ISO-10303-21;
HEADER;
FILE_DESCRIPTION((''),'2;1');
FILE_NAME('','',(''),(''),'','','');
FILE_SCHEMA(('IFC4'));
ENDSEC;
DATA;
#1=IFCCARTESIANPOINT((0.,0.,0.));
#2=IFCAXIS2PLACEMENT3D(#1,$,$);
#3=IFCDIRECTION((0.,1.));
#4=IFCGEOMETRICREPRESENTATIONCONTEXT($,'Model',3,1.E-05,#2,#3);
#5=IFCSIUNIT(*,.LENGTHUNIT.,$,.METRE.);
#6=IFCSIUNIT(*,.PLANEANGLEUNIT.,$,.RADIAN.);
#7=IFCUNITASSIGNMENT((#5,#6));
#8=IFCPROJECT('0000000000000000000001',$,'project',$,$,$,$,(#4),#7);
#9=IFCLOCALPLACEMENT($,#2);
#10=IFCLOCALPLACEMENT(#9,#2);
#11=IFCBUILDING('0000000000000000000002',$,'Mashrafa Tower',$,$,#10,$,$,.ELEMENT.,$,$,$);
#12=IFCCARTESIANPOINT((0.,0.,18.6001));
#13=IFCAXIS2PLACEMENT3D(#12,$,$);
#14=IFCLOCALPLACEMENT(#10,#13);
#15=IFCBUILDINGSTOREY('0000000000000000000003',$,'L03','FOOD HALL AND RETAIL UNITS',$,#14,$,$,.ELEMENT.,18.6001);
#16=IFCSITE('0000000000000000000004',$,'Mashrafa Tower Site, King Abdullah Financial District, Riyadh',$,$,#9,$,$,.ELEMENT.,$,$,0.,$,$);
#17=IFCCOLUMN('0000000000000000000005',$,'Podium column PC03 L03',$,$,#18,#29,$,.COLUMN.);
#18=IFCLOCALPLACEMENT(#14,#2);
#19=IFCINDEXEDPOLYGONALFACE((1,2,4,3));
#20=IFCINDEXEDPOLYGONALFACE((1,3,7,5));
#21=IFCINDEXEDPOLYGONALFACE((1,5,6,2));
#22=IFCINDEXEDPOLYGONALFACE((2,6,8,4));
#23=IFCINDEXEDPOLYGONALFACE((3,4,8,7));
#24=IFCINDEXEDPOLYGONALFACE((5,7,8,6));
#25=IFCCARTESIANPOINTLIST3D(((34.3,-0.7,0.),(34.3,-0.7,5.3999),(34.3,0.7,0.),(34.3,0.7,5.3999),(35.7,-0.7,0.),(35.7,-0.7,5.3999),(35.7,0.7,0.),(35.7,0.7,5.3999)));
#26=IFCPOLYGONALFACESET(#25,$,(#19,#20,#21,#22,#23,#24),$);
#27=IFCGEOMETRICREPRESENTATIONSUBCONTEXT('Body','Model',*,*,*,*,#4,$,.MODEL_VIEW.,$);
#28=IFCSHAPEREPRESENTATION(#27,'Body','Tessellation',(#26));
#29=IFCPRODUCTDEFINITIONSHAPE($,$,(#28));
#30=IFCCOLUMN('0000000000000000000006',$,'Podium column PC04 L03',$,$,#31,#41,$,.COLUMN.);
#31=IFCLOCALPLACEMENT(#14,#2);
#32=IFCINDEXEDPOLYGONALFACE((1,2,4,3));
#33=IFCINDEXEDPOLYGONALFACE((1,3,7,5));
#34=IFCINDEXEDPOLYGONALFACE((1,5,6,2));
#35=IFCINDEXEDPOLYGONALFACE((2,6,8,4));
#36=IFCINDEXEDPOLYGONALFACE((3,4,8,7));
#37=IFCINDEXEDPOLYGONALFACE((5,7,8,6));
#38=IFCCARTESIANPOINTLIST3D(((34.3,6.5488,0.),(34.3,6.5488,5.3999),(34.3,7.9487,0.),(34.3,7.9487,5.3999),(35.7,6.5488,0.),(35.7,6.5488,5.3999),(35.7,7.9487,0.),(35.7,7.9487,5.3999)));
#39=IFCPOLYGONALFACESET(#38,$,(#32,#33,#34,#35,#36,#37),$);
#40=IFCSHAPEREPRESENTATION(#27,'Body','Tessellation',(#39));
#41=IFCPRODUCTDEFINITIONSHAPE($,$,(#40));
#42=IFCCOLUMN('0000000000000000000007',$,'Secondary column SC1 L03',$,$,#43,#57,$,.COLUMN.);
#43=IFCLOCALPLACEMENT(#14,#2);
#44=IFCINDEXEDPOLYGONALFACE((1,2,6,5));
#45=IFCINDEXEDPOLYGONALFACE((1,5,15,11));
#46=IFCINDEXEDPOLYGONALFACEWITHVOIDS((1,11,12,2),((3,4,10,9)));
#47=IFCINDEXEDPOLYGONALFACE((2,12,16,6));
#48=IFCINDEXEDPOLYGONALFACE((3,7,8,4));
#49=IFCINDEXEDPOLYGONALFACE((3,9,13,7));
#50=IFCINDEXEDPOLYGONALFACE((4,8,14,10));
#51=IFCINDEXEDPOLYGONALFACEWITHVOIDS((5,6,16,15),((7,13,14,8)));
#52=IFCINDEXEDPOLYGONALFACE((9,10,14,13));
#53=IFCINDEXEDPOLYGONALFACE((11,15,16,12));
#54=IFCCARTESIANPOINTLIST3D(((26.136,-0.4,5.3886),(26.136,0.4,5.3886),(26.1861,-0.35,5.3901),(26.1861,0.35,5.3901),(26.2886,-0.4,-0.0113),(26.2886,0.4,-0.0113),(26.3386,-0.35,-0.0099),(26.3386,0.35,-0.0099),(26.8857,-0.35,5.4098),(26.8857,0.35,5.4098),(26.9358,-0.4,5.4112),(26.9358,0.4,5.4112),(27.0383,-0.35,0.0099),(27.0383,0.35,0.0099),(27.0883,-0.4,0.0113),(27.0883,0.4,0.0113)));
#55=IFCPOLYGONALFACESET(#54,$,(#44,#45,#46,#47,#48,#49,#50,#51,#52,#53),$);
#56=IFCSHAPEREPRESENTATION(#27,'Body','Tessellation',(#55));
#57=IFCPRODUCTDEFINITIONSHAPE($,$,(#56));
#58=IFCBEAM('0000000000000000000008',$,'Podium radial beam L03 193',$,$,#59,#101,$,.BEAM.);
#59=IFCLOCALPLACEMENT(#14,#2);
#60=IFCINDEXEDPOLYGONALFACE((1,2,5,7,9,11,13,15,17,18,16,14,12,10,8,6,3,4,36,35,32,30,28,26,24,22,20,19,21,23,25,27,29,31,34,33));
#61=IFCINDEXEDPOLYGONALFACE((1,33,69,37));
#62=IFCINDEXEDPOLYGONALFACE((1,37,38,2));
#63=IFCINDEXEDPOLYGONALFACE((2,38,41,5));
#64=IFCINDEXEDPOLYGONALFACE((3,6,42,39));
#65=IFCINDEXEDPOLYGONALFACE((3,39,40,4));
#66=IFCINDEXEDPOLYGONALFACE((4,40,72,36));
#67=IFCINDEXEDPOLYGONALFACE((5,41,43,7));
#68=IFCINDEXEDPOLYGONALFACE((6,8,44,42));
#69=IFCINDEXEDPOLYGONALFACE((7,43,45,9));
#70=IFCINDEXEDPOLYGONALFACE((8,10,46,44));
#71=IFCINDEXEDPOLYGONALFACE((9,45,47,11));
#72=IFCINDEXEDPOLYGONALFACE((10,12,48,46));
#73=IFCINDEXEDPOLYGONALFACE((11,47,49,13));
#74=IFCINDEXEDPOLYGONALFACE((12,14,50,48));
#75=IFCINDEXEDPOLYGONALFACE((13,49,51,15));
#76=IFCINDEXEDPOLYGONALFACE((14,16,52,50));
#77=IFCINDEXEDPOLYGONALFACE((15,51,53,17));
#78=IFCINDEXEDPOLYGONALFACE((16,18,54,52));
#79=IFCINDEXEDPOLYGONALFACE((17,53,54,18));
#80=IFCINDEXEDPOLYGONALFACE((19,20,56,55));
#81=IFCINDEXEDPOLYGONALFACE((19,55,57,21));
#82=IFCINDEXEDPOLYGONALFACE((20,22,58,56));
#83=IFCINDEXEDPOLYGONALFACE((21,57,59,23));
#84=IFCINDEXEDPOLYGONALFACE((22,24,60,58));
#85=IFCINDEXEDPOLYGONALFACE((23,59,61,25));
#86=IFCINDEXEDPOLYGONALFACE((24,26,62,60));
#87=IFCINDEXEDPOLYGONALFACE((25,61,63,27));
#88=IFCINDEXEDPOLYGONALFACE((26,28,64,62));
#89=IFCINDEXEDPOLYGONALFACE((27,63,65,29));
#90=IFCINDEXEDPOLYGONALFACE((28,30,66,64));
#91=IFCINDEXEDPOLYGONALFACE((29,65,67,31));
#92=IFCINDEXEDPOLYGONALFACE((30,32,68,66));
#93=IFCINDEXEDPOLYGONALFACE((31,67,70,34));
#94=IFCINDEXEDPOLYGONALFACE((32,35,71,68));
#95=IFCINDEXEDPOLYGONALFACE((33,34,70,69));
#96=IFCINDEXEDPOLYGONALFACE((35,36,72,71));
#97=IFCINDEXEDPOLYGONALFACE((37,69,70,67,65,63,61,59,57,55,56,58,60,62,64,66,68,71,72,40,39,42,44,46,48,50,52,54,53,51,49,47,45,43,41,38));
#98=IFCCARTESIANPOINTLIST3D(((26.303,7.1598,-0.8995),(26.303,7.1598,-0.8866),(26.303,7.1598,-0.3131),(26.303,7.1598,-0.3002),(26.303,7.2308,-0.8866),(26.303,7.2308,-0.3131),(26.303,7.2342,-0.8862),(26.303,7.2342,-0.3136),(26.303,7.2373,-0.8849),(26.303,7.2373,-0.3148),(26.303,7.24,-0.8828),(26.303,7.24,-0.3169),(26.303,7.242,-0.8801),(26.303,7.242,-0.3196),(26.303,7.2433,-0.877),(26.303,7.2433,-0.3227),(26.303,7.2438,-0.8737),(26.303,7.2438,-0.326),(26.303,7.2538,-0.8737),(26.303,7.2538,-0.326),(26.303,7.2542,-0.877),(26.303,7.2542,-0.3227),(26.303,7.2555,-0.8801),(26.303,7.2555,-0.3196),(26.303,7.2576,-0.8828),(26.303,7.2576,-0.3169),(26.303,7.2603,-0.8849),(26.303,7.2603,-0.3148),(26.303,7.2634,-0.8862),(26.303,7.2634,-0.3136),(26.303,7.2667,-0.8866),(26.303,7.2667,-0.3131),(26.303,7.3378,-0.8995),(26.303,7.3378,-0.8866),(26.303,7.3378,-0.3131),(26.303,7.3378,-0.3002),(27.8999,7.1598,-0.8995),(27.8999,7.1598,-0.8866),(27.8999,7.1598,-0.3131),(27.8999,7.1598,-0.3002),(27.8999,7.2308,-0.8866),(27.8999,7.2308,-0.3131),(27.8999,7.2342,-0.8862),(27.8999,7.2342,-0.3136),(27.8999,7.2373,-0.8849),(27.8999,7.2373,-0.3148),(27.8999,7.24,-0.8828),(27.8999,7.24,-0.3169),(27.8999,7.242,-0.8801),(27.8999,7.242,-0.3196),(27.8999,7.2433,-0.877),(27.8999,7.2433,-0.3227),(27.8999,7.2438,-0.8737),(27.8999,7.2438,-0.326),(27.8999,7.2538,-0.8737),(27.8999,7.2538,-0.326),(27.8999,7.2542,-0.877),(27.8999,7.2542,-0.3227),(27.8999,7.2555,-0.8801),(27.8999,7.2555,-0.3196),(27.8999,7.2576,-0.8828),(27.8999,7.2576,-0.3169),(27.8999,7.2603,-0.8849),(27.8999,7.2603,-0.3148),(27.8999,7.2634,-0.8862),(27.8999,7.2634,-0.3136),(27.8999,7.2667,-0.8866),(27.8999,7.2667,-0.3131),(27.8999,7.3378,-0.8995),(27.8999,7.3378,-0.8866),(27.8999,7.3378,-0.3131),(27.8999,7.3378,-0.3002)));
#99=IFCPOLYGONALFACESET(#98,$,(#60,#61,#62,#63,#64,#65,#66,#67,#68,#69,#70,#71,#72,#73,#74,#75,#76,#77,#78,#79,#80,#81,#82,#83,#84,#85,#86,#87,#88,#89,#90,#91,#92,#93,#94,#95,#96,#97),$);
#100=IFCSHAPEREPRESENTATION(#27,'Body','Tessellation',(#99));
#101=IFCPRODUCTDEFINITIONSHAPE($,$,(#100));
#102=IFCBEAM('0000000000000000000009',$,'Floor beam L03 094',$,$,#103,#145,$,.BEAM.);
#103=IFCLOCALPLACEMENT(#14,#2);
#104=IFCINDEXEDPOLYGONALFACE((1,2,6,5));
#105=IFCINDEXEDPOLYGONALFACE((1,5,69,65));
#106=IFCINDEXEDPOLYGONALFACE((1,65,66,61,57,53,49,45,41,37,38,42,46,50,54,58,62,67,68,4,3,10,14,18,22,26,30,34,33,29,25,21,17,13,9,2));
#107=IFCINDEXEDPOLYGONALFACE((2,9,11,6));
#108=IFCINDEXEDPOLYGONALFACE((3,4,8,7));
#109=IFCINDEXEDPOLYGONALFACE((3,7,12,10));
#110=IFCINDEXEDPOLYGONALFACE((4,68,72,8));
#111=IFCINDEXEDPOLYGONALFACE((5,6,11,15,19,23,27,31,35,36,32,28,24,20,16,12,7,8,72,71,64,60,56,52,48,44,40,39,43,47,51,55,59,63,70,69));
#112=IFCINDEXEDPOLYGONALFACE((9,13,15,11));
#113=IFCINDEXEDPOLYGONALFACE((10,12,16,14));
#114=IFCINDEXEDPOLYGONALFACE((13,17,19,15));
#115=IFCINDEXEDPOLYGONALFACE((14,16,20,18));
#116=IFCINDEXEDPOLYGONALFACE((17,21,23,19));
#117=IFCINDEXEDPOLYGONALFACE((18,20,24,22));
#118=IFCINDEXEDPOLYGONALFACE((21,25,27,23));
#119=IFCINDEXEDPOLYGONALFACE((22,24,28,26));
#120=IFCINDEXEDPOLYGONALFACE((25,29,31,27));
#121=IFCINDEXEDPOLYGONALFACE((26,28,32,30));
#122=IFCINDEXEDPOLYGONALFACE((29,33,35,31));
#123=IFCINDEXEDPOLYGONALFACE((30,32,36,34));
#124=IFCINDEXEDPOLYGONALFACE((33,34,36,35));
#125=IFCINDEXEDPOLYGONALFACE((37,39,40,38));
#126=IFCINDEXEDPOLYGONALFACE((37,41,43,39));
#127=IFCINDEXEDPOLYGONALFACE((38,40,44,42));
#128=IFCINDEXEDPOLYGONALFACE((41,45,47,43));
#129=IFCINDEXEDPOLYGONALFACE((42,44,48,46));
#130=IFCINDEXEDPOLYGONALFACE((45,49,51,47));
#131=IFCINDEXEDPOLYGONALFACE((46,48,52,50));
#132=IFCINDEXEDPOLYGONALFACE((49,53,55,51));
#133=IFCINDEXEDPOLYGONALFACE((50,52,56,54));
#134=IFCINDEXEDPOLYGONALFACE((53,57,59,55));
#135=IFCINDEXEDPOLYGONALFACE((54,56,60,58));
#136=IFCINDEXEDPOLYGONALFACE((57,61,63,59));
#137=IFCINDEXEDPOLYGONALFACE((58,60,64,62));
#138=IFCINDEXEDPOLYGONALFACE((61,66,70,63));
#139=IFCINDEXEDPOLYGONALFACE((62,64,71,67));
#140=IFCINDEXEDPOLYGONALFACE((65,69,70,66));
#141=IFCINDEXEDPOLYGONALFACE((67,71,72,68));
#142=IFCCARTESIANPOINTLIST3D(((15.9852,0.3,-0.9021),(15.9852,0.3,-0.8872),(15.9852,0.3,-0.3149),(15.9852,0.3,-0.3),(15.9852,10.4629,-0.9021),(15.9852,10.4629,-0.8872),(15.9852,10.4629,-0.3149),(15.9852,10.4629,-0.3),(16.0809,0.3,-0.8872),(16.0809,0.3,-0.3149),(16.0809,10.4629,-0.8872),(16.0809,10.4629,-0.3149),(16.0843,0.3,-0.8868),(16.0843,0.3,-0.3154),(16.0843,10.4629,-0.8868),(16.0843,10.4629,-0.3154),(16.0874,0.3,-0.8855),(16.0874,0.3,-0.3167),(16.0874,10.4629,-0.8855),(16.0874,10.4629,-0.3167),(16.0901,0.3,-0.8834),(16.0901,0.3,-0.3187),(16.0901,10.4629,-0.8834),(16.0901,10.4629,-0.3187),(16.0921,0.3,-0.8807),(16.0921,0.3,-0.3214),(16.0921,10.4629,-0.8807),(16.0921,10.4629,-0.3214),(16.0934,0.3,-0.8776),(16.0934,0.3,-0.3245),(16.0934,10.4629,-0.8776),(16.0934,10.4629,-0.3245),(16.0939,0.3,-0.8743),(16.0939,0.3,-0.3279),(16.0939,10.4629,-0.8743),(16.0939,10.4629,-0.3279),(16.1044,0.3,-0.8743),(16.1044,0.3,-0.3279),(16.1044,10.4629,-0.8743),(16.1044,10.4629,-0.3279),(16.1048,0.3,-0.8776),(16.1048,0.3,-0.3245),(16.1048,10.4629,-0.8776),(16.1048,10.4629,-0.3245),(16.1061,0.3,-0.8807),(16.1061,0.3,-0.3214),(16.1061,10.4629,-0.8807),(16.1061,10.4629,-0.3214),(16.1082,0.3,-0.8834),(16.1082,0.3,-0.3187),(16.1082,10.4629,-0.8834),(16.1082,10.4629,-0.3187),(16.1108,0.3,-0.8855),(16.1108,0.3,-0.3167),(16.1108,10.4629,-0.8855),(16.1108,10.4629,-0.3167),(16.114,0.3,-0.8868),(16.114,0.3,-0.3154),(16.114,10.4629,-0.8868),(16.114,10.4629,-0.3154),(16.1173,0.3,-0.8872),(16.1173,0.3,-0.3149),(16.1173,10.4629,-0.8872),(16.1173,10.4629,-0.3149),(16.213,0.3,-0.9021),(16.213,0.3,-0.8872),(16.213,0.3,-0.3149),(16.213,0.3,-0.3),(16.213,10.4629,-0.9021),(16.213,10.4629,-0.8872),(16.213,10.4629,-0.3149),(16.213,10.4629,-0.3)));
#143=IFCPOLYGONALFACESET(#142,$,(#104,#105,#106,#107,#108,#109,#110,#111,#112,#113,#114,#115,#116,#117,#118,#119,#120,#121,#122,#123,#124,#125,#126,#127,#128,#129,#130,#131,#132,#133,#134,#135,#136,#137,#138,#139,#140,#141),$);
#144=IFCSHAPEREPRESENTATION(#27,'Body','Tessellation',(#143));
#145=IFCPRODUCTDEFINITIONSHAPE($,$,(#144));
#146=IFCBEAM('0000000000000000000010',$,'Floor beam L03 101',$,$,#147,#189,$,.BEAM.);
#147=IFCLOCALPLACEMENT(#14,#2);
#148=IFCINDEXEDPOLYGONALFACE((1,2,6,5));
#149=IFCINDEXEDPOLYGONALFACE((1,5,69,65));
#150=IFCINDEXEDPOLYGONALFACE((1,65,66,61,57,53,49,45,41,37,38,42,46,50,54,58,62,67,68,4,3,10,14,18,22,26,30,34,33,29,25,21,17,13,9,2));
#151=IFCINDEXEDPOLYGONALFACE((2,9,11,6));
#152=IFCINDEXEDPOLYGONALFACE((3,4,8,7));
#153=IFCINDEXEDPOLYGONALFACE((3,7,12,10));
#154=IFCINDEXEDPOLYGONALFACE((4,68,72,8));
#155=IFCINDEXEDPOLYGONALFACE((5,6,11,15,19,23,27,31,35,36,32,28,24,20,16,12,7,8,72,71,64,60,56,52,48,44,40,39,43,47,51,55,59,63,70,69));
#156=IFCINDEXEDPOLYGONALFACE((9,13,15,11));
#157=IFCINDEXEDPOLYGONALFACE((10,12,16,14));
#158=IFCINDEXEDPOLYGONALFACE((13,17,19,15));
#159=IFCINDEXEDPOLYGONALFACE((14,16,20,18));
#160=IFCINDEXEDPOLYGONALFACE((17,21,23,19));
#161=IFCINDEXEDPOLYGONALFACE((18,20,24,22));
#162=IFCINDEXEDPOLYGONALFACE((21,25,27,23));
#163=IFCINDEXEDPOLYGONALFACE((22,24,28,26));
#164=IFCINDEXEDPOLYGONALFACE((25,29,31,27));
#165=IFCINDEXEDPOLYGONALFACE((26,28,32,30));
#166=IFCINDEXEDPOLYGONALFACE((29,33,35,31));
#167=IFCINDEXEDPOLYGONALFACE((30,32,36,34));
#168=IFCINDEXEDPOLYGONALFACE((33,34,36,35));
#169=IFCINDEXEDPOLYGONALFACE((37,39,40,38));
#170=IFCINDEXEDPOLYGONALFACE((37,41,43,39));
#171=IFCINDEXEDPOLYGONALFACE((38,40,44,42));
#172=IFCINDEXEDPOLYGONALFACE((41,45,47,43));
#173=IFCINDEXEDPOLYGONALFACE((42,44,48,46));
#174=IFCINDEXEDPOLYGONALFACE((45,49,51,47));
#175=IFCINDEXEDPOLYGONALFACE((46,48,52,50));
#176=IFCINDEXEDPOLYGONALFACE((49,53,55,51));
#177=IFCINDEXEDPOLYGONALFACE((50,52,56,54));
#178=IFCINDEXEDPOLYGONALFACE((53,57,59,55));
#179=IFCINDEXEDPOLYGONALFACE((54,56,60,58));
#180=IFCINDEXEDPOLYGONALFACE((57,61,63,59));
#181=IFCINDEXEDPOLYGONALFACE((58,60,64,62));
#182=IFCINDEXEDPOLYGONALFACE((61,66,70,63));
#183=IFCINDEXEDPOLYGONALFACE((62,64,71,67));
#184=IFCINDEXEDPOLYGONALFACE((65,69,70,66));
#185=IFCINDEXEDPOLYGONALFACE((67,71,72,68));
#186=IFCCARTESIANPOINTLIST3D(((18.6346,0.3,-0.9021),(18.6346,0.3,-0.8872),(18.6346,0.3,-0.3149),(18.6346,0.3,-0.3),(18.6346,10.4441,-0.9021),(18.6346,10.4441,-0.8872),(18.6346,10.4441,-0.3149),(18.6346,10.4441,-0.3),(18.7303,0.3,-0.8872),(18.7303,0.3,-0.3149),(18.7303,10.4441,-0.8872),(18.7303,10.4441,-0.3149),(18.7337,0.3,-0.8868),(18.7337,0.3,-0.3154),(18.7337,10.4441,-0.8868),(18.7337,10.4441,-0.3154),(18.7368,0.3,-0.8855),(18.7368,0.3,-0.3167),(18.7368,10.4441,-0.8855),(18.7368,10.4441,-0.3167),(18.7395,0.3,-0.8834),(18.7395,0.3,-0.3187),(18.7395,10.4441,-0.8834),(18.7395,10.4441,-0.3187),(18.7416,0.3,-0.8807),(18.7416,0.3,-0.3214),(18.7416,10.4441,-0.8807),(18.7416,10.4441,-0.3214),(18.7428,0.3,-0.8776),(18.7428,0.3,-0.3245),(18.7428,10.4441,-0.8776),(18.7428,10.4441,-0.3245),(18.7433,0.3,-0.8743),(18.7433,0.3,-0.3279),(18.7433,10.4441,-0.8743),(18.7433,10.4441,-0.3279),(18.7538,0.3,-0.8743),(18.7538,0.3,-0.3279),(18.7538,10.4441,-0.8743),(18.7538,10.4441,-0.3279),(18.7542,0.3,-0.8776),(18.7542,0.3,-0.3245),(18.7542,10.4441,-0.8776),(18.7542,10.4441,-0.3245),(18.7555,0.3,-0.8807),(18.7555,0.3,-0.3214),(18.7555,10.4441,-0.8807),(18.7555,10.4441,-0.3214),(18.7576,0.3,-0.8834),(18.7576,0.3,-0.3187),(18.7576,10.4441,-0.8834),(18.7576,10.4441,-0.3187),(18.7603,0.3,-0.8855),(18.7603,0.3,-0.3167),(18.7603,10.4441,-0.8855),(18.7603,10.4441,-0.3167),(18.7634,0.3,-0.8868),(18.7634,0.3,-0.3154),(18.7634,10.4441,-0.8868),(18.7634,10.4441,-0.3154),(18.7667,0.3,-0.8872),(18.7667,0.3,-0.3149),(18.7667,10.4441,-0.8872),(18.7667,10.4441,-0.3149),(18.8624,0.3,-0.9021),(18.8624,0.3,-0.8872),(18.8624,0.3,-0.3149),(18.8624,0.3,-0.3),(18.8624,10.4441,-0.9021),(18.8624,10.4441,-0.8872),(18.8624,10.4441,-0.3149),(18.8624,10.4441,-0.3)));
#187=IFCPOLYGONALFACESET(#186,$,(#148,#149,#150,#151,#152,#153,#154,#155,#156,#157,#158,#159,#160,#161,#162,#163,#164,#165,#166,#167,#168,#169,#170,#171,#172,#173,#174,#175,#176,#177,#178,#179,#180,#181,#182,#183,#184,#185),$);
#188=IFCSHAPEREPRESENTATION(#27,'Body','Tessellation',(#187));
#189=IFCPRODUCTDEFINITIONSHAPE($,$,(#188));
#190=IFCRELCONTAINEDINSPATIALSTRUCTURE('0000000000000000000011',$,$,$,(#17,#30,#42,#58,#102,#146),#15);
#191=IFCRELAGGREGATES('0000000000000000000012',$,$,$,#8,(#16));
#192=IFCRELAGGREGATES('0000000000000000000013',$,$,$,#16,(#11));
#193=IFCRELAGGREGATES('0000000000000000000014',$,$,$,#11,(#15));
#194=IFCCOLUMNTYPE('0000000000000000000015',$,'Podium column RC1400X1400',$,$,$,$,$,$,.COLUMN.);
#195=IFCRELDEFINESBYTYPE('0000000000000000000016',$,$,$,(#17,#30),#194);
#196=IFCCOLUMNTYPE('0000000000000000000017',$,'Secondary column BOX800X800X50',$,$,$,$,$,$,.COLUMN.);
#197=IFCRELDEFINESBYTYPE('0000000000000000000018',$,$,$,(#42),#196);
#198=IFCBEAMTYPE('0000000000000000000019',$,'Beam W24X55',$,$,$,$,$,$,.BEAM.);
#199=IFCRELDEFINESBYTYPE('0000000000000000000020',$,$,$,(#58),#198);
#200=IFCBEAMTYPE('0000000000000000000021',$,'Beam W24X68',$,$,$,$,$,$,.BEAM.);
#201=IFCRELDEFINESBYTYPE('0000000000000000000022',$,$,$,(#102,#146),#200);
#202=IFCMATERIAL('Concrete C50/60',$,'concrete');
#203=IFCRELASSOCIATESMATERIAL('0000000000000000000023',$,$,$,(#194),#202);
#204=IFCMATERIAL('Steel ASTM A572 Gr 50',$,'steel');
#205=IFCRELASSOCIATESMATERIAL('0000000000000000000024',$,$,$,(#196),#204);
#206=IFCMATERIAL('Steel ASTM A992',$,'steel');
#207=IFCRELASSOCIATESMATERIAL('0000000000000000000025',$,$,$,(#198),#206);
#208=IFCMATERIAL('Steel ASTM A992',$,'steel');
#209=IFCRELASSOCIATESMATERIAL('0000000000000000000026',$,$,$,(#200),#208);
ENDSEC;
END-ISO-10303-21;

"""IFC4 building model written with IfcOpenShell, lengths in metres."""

from ifc_helpers import new_model, si_unit, direction, frame, origin, origin_2d, place, context, subcontext, project, spatial, rectangle, hollow_rectangle, i_section, extrude, material, material_profile, profile_set, type_object, element, save


model = new_model("IFC4")

# Units and contexts
model_context = context("Model", 3, precision=1e-05, world=origin(), true_north=direction((0.0, 1.0)))
body_context = subcontext(model_context, "Body", "Model", "MODEL_VIEW")
ifc_project = project(units=[si_unit("LENGTHUNIT", "METRE"), si_unit("PLANEANGLEUNIT", "RADIAN")], contexts=[model_context])

# Site, building, storey
site_placement = place(None, origin())
site = spatial("IfcSite", under=ifc_project, at=site_placement, Name="Mashrafa Tower Site, King Abdullah Financial District, Riyadh", CompositionType="ELEMENT", RefElevation=0.0)
building_placement = place(site_placement, origin())
building = spatial("IfcBuilding", under=site, at=building_placement, Name="Mashrafa Tower", CompositionType="ELEMENT")
storey_placement = place(building_placement, frame((0.0, 0.0, 18.6001)))
storey = spatial("IfcBuildingStorey", under=building, at=storey_placement, Name="L03", Description="FOOD HALL AND RETAIL UNITS", CompositionType="ELEMENT", Elevation=18.6001)

# Columns
ifc_material_1 = material(Name="Concrete C50/60", Category="concrete")
ifc_material_profile_1 = material_profile(ifc_material_1, rectangle(XDim=1.3999, YDim=1.3999, at=origin_2d()), Name="RC1400X1400")
ifc_profile_set_1 = profile_set([ifc_material_profile_1], Name="Concrete C50/60")
column_type_1 = type_object("IfcColumnType", Name="Podium column RC1400X1400", PredefinedType="COLUMN", material=ifc_profile_set_1)
for number, where, z_axis, x_axis, name in (
    (1, (35.0, 0.0, 0.0), (0.0, 0.0, 1.0), (1.0, 0.0, 0.0), "Podium column PC03 L03"),
    (2, (35.0, 7.2488, 0.0), (0.0, 0.0, 1.0), (1.0, 0.0, 0.0), "Podium column PC04 L03"),
):
    element("IfcColumn", number, at=place(storey_placement, frame(where, z_axis=z_axis, x_axis=x_axis)), inside=storey, type_object=column_type_1, Name=name, PredefinedType="COLUMN", context=body_context, shape_type="SweptSolid", body=[
        extrude(rectangle(XDim=1.3999, YDim=1.3999, at=origin_2d()), origin(), (0.0, 0.0, 1.0), 5.3999),
    ])
ifc_material_2 = material(Name="Steel ASTM A572 Gr 50", Category="steel")
ifc_material_profile_2 = material_profile(ifc_material_2, hollow_rectangle(XDim=0.8, YDim=0.8, WallThickness=0.05, at=origin_2d()), Name="BOX800X800X50")
ifc_profile_set_2 = profile_set([ifc_material_profile_2], Name="Steel ASTM A572 Gr 50")
column_type_2 = type_object("IfcColumnType", Name="Secondary column BOX800X800X50", PredefinedType="COLUMN", material=ifc_profile_set_2)
column_placement = place(storey_placement, frame((26.6885, 0.0, 0.0), z_axis=(-0.028246, 0.0, 0.999601), x_axis=(0.0, -1.0, 0.0)))
element("IfcColumn", 3, at=column_placement, inside=storey, type_object=column_type_2, Name="Secondary column SC1 L03", PredefinedType="COLUMN", context=body_context, shape_type="SweptSolid", body=[
    extrude(hollow_rectangle(XDim=0.8, YDim=0.8, WallThickness=0.05, at=origin_2d()), origin(), (0.0, 0.0, 1.0), 5.4021),
])

# Beams
ifc_material_3 = material(Name="Steel ASTM A992", Category="steel")
ifc_material_profile_3 = material_profile(ifc_material_3, i_section(OverallWidth=0.178, OverallDepth=0.5994, WebThickness=0.01, FlangeThickness=0.0129, FilletRadius=0.0129, at=origin_2d()), Name="W24X55")
ifc_profile_set_3 = profile_set([ifc_material_profile_3], Name="Steel ASTM A992")
beam_type_1 = type_object("IfcBeamType", Name="Beam W24X55", PredefinedType="BEAM", material=ifc_profile_set_3)
beam_1_placement = place(storey_placement, frame((26.303, 7.2488, -0.5999), z_axis=(1.0, 0.0, 0.0), x_axis=(0.0, 1.0, 0.0)))
element("IfcBeam", 4, at=beam_1_placement, inside=storey, type_object=beam_type_1, Name="Podium radial beam L03 193", PredefinedType="BEAM", context=body_context, shape_type="SweptSolid", body=[
    extrude(i_section(OverallWidth=0.178, OverallDepth=0.5994, WebThickness=0.01, FlangeThickness=0.0129, FilletRadius=0.0129, at=origin_2d()), origin(), (0.0, 0.0, 1.0), 1.5969),
])
ifc_material_4 = material(Name="Steel ASTM A992", Category="steel")
ifc_material_profile_4 = material_profile(ifc_material_4, i_section(OverallWidth=0.2278, OverallDepth=0.6021, WebThickness=0.0105, FlangeThickness=0.0149, FilletRadius=0.0129, at=origin_2d()), Name="W24X68")
ifc_profile_set_4 = profile_set([ifc_material_profile_4], Name="Steel ASTM A992")
beam_type_2 = type_object("IfcBeamType", Name="Beam W24X68", PredefinedType="BEAM", material=ifc_profile_set_4)
beam_2_placement = place(storey_placement, frame((16.0991, 10.4629, -0.6011), z_axis=(0.0, -1.0, 0.0), x_axis=(1.0, 0.0, 0.0)))
element("IfcBeam", 5, at=beam_2_placement, inside=storey, type_object=beam_type_2, Name="Floor beam L03 094", PredefinedType="BEAM", context=body_context, shape_type="SweptSolid", body=[
    extrude(i_section(OverallWidth=0.2278, OverallDepth=0.6021, WebThickness=0.0105, FlangeThickness=0.0149, FilletRadius=0.0129, at=origin_2d()), origin(), (0.0, 0.0, 1.0), 10.1628),
])
beam_3_placement = place(storey_placement, frame((18.7485, 10.4441, -0.6011), z_axis=(0.0, -1.0, 0.0), x_axis=(1.0, 0.0, 0.0)))
element("IfcBeam", 6, at=beam_3_placement, inside=storey, type_object=beam_type_2, Name="Floor beam L03 101", PredefinedType="BEAM", context=body_context, shape_type="SweptSolid", body=[
    extrude(i_section(OverallWidth=0.2278, OverallDepth=0.6021, WebThickness=0.0105, FlangeThickness=0.0149, FilletRadius=0.0129, at=origin_2d()), origin(), (0.0, 0.0, 1.0), 10.144),
])

save(model, "model.ifc")
